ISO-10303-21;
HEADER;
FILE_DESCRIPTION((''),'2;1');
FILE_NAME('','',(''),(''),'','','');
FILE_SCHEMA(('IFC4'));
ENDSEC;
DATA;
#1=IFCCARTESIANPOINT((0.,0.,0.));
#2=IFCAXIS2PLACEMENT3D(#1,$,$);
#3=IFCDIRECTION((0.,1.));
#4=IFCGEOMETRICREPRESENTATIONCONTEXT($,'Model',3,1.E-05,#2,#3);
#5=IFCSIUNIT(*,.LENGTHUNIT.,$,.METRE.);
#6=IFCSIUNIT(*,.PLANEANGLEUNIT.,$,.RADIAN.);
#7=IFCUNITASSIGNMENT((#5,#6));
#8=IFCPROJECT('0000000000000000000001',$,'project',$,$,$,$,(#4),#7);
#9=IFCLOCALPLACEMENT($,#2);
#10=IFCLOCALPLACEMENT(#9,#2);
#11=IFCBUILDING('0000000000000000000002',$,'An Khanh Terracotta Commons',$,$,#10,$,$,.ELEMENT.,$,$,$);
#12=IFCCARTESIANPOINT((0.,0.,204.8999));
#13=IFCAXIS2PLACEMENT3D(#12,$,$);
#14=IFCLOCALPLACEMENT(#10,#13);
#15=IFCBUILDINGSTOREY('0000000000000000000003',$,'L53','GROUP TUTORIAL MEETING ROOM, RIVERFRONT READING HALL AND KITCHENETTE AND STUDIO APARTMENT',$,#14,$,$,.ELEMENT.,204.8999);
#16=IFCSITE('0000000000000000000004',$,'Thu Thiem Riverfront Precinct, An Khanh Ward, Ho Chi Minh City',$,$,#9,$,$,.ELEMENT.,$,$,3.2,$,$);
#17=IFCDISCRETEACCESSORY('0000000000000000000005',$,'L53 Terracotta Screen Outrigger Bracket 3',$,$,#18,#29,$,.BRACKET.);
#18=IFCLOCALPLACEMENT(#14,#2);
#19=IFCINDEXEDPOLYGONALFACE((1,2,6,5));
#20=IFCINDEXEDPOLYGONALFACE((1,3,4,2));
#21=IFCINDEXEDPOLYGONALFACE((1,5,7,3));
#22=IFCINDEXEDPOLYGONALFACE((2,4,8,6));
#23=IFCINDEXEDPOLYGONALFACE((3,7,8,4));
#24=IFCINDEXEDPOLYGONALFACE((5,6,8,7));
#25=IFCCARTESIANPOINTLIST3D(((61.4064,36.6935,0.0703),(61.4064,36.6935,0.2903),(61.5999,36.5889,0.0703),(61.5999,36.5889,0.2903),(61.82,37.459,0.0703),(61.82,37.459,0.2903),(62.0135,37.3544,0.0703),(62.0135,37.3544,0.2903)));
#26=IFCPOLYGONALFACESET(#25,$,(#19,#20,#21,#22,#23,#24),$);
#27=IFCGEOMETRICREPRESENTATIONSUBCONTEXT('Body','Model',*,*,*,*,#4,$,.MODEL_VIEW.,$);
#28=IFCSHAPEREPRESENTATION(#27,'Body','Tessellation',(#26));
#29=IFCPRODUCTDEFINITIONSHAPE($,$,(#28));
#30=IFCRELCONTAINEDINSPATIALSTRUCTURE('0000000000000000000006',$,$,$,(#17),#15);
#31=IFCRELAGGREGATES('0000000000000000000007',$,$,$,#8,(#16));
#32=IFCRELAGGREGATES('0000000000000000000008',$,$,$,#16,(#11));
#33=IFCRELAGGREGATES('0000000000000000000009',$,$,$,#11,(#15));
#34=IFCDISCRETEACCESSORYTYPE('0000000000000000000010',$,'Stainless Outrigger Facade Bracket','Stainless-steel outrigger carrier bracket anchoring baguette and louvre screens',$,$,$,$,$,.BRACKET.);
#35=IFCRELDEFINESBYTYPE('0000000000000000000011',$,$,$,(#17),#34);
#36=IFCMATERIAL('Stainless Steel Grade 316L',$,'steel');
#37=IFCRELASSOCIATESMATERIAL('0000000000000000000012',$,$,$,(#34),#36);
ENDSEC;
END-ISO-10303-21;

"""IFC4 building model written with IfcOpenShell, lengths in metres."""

from ifc_helpers import new_model, si_unit, direction, frame, origin, origin_2d, place, context, subcontext, project, spatial, rectangle, extrude, material, type_object, element, save


model = new_model("IFC4")

# Units and contexts
model_context = context("Model", 3, precision=1e-05, world=origin(), true_north=direction((0.0, 1.0)))
body_context = subcontext(model_context, "Body", "Model", "MODEL_VIEW")
ifc_project = project(units=[si_unit("LENGTHUNIT", "METRE"), si_unit("PLANEANGLEUNIT", "RADIAN")], contexts=[model_context])

# Site, building, storey
site_placement = place(None, origin())
site = spatial("IfcSite", under=ifc_project, at=site_placement, Name="Thu Thiem Riverfront Precinct, An Khanh Ward, Ho Chi Minh City", CompositionType="ELEMENT", RefElevation=3.2)
building_placement = place(site_placement, origin())
building = spatial("IfcBuilding", under=site, at=building_placement, Name="An Khanh Terracotta Commons", CompositionType="ELEMENT")
storey_placement = place(building_placement, frame((0.0, 0.0, 204.8999)))
storey = spatial("IfcBuildingStorey", under=building, at=storey_placement, Name="L53", Description="GROUP TUTORIAL MEETING ROOM, RIVERFRONT READING HALL AND KITCHENETTE AND STUDIO APARTMENT", CompositionType="ELEMENT", Elevation=204.8999)

# Discrete accessory
ifc_material_1 = material(Name="Stainless Steel Grade 316L", Category="steel")
discrete_accessory_type = type_object("IfcDiscreteAccessoryType", Name="Stainless Outrigger Facade Bracket", Description="Stainless-steel outrigger carrier bracket anchoring baguette and louvre screens", PredefinedType="BRACKET", material=ifc_material_1)
for number, where, z_axis, x_axis, name in (
    (1, (61.71, 37.0239, 0.0703), (0.0, 0.0, 1.0), (-0.87978, 0.475381, 0.0), "L53 Terracotta Screen Outrigger Bracket 3"),
):
    element("IfcDiscreteAccessory", number, at=place(storey_placement, frame(where, z_axis=z_axis, x_axis=x_axis)), inside=storey, type_object=discrete_accessory_type, Name=name, PredefinedType="BRACKET", context=body_context, shape_type="SweptSolid", body=[
        extrude(rectangle(XDim=0.22, YDim=0.8701, at=origin_2d()), origin(), (0.0, 0.0, 1.0), 0.22),
    ])

save(model, "model.ifc")
